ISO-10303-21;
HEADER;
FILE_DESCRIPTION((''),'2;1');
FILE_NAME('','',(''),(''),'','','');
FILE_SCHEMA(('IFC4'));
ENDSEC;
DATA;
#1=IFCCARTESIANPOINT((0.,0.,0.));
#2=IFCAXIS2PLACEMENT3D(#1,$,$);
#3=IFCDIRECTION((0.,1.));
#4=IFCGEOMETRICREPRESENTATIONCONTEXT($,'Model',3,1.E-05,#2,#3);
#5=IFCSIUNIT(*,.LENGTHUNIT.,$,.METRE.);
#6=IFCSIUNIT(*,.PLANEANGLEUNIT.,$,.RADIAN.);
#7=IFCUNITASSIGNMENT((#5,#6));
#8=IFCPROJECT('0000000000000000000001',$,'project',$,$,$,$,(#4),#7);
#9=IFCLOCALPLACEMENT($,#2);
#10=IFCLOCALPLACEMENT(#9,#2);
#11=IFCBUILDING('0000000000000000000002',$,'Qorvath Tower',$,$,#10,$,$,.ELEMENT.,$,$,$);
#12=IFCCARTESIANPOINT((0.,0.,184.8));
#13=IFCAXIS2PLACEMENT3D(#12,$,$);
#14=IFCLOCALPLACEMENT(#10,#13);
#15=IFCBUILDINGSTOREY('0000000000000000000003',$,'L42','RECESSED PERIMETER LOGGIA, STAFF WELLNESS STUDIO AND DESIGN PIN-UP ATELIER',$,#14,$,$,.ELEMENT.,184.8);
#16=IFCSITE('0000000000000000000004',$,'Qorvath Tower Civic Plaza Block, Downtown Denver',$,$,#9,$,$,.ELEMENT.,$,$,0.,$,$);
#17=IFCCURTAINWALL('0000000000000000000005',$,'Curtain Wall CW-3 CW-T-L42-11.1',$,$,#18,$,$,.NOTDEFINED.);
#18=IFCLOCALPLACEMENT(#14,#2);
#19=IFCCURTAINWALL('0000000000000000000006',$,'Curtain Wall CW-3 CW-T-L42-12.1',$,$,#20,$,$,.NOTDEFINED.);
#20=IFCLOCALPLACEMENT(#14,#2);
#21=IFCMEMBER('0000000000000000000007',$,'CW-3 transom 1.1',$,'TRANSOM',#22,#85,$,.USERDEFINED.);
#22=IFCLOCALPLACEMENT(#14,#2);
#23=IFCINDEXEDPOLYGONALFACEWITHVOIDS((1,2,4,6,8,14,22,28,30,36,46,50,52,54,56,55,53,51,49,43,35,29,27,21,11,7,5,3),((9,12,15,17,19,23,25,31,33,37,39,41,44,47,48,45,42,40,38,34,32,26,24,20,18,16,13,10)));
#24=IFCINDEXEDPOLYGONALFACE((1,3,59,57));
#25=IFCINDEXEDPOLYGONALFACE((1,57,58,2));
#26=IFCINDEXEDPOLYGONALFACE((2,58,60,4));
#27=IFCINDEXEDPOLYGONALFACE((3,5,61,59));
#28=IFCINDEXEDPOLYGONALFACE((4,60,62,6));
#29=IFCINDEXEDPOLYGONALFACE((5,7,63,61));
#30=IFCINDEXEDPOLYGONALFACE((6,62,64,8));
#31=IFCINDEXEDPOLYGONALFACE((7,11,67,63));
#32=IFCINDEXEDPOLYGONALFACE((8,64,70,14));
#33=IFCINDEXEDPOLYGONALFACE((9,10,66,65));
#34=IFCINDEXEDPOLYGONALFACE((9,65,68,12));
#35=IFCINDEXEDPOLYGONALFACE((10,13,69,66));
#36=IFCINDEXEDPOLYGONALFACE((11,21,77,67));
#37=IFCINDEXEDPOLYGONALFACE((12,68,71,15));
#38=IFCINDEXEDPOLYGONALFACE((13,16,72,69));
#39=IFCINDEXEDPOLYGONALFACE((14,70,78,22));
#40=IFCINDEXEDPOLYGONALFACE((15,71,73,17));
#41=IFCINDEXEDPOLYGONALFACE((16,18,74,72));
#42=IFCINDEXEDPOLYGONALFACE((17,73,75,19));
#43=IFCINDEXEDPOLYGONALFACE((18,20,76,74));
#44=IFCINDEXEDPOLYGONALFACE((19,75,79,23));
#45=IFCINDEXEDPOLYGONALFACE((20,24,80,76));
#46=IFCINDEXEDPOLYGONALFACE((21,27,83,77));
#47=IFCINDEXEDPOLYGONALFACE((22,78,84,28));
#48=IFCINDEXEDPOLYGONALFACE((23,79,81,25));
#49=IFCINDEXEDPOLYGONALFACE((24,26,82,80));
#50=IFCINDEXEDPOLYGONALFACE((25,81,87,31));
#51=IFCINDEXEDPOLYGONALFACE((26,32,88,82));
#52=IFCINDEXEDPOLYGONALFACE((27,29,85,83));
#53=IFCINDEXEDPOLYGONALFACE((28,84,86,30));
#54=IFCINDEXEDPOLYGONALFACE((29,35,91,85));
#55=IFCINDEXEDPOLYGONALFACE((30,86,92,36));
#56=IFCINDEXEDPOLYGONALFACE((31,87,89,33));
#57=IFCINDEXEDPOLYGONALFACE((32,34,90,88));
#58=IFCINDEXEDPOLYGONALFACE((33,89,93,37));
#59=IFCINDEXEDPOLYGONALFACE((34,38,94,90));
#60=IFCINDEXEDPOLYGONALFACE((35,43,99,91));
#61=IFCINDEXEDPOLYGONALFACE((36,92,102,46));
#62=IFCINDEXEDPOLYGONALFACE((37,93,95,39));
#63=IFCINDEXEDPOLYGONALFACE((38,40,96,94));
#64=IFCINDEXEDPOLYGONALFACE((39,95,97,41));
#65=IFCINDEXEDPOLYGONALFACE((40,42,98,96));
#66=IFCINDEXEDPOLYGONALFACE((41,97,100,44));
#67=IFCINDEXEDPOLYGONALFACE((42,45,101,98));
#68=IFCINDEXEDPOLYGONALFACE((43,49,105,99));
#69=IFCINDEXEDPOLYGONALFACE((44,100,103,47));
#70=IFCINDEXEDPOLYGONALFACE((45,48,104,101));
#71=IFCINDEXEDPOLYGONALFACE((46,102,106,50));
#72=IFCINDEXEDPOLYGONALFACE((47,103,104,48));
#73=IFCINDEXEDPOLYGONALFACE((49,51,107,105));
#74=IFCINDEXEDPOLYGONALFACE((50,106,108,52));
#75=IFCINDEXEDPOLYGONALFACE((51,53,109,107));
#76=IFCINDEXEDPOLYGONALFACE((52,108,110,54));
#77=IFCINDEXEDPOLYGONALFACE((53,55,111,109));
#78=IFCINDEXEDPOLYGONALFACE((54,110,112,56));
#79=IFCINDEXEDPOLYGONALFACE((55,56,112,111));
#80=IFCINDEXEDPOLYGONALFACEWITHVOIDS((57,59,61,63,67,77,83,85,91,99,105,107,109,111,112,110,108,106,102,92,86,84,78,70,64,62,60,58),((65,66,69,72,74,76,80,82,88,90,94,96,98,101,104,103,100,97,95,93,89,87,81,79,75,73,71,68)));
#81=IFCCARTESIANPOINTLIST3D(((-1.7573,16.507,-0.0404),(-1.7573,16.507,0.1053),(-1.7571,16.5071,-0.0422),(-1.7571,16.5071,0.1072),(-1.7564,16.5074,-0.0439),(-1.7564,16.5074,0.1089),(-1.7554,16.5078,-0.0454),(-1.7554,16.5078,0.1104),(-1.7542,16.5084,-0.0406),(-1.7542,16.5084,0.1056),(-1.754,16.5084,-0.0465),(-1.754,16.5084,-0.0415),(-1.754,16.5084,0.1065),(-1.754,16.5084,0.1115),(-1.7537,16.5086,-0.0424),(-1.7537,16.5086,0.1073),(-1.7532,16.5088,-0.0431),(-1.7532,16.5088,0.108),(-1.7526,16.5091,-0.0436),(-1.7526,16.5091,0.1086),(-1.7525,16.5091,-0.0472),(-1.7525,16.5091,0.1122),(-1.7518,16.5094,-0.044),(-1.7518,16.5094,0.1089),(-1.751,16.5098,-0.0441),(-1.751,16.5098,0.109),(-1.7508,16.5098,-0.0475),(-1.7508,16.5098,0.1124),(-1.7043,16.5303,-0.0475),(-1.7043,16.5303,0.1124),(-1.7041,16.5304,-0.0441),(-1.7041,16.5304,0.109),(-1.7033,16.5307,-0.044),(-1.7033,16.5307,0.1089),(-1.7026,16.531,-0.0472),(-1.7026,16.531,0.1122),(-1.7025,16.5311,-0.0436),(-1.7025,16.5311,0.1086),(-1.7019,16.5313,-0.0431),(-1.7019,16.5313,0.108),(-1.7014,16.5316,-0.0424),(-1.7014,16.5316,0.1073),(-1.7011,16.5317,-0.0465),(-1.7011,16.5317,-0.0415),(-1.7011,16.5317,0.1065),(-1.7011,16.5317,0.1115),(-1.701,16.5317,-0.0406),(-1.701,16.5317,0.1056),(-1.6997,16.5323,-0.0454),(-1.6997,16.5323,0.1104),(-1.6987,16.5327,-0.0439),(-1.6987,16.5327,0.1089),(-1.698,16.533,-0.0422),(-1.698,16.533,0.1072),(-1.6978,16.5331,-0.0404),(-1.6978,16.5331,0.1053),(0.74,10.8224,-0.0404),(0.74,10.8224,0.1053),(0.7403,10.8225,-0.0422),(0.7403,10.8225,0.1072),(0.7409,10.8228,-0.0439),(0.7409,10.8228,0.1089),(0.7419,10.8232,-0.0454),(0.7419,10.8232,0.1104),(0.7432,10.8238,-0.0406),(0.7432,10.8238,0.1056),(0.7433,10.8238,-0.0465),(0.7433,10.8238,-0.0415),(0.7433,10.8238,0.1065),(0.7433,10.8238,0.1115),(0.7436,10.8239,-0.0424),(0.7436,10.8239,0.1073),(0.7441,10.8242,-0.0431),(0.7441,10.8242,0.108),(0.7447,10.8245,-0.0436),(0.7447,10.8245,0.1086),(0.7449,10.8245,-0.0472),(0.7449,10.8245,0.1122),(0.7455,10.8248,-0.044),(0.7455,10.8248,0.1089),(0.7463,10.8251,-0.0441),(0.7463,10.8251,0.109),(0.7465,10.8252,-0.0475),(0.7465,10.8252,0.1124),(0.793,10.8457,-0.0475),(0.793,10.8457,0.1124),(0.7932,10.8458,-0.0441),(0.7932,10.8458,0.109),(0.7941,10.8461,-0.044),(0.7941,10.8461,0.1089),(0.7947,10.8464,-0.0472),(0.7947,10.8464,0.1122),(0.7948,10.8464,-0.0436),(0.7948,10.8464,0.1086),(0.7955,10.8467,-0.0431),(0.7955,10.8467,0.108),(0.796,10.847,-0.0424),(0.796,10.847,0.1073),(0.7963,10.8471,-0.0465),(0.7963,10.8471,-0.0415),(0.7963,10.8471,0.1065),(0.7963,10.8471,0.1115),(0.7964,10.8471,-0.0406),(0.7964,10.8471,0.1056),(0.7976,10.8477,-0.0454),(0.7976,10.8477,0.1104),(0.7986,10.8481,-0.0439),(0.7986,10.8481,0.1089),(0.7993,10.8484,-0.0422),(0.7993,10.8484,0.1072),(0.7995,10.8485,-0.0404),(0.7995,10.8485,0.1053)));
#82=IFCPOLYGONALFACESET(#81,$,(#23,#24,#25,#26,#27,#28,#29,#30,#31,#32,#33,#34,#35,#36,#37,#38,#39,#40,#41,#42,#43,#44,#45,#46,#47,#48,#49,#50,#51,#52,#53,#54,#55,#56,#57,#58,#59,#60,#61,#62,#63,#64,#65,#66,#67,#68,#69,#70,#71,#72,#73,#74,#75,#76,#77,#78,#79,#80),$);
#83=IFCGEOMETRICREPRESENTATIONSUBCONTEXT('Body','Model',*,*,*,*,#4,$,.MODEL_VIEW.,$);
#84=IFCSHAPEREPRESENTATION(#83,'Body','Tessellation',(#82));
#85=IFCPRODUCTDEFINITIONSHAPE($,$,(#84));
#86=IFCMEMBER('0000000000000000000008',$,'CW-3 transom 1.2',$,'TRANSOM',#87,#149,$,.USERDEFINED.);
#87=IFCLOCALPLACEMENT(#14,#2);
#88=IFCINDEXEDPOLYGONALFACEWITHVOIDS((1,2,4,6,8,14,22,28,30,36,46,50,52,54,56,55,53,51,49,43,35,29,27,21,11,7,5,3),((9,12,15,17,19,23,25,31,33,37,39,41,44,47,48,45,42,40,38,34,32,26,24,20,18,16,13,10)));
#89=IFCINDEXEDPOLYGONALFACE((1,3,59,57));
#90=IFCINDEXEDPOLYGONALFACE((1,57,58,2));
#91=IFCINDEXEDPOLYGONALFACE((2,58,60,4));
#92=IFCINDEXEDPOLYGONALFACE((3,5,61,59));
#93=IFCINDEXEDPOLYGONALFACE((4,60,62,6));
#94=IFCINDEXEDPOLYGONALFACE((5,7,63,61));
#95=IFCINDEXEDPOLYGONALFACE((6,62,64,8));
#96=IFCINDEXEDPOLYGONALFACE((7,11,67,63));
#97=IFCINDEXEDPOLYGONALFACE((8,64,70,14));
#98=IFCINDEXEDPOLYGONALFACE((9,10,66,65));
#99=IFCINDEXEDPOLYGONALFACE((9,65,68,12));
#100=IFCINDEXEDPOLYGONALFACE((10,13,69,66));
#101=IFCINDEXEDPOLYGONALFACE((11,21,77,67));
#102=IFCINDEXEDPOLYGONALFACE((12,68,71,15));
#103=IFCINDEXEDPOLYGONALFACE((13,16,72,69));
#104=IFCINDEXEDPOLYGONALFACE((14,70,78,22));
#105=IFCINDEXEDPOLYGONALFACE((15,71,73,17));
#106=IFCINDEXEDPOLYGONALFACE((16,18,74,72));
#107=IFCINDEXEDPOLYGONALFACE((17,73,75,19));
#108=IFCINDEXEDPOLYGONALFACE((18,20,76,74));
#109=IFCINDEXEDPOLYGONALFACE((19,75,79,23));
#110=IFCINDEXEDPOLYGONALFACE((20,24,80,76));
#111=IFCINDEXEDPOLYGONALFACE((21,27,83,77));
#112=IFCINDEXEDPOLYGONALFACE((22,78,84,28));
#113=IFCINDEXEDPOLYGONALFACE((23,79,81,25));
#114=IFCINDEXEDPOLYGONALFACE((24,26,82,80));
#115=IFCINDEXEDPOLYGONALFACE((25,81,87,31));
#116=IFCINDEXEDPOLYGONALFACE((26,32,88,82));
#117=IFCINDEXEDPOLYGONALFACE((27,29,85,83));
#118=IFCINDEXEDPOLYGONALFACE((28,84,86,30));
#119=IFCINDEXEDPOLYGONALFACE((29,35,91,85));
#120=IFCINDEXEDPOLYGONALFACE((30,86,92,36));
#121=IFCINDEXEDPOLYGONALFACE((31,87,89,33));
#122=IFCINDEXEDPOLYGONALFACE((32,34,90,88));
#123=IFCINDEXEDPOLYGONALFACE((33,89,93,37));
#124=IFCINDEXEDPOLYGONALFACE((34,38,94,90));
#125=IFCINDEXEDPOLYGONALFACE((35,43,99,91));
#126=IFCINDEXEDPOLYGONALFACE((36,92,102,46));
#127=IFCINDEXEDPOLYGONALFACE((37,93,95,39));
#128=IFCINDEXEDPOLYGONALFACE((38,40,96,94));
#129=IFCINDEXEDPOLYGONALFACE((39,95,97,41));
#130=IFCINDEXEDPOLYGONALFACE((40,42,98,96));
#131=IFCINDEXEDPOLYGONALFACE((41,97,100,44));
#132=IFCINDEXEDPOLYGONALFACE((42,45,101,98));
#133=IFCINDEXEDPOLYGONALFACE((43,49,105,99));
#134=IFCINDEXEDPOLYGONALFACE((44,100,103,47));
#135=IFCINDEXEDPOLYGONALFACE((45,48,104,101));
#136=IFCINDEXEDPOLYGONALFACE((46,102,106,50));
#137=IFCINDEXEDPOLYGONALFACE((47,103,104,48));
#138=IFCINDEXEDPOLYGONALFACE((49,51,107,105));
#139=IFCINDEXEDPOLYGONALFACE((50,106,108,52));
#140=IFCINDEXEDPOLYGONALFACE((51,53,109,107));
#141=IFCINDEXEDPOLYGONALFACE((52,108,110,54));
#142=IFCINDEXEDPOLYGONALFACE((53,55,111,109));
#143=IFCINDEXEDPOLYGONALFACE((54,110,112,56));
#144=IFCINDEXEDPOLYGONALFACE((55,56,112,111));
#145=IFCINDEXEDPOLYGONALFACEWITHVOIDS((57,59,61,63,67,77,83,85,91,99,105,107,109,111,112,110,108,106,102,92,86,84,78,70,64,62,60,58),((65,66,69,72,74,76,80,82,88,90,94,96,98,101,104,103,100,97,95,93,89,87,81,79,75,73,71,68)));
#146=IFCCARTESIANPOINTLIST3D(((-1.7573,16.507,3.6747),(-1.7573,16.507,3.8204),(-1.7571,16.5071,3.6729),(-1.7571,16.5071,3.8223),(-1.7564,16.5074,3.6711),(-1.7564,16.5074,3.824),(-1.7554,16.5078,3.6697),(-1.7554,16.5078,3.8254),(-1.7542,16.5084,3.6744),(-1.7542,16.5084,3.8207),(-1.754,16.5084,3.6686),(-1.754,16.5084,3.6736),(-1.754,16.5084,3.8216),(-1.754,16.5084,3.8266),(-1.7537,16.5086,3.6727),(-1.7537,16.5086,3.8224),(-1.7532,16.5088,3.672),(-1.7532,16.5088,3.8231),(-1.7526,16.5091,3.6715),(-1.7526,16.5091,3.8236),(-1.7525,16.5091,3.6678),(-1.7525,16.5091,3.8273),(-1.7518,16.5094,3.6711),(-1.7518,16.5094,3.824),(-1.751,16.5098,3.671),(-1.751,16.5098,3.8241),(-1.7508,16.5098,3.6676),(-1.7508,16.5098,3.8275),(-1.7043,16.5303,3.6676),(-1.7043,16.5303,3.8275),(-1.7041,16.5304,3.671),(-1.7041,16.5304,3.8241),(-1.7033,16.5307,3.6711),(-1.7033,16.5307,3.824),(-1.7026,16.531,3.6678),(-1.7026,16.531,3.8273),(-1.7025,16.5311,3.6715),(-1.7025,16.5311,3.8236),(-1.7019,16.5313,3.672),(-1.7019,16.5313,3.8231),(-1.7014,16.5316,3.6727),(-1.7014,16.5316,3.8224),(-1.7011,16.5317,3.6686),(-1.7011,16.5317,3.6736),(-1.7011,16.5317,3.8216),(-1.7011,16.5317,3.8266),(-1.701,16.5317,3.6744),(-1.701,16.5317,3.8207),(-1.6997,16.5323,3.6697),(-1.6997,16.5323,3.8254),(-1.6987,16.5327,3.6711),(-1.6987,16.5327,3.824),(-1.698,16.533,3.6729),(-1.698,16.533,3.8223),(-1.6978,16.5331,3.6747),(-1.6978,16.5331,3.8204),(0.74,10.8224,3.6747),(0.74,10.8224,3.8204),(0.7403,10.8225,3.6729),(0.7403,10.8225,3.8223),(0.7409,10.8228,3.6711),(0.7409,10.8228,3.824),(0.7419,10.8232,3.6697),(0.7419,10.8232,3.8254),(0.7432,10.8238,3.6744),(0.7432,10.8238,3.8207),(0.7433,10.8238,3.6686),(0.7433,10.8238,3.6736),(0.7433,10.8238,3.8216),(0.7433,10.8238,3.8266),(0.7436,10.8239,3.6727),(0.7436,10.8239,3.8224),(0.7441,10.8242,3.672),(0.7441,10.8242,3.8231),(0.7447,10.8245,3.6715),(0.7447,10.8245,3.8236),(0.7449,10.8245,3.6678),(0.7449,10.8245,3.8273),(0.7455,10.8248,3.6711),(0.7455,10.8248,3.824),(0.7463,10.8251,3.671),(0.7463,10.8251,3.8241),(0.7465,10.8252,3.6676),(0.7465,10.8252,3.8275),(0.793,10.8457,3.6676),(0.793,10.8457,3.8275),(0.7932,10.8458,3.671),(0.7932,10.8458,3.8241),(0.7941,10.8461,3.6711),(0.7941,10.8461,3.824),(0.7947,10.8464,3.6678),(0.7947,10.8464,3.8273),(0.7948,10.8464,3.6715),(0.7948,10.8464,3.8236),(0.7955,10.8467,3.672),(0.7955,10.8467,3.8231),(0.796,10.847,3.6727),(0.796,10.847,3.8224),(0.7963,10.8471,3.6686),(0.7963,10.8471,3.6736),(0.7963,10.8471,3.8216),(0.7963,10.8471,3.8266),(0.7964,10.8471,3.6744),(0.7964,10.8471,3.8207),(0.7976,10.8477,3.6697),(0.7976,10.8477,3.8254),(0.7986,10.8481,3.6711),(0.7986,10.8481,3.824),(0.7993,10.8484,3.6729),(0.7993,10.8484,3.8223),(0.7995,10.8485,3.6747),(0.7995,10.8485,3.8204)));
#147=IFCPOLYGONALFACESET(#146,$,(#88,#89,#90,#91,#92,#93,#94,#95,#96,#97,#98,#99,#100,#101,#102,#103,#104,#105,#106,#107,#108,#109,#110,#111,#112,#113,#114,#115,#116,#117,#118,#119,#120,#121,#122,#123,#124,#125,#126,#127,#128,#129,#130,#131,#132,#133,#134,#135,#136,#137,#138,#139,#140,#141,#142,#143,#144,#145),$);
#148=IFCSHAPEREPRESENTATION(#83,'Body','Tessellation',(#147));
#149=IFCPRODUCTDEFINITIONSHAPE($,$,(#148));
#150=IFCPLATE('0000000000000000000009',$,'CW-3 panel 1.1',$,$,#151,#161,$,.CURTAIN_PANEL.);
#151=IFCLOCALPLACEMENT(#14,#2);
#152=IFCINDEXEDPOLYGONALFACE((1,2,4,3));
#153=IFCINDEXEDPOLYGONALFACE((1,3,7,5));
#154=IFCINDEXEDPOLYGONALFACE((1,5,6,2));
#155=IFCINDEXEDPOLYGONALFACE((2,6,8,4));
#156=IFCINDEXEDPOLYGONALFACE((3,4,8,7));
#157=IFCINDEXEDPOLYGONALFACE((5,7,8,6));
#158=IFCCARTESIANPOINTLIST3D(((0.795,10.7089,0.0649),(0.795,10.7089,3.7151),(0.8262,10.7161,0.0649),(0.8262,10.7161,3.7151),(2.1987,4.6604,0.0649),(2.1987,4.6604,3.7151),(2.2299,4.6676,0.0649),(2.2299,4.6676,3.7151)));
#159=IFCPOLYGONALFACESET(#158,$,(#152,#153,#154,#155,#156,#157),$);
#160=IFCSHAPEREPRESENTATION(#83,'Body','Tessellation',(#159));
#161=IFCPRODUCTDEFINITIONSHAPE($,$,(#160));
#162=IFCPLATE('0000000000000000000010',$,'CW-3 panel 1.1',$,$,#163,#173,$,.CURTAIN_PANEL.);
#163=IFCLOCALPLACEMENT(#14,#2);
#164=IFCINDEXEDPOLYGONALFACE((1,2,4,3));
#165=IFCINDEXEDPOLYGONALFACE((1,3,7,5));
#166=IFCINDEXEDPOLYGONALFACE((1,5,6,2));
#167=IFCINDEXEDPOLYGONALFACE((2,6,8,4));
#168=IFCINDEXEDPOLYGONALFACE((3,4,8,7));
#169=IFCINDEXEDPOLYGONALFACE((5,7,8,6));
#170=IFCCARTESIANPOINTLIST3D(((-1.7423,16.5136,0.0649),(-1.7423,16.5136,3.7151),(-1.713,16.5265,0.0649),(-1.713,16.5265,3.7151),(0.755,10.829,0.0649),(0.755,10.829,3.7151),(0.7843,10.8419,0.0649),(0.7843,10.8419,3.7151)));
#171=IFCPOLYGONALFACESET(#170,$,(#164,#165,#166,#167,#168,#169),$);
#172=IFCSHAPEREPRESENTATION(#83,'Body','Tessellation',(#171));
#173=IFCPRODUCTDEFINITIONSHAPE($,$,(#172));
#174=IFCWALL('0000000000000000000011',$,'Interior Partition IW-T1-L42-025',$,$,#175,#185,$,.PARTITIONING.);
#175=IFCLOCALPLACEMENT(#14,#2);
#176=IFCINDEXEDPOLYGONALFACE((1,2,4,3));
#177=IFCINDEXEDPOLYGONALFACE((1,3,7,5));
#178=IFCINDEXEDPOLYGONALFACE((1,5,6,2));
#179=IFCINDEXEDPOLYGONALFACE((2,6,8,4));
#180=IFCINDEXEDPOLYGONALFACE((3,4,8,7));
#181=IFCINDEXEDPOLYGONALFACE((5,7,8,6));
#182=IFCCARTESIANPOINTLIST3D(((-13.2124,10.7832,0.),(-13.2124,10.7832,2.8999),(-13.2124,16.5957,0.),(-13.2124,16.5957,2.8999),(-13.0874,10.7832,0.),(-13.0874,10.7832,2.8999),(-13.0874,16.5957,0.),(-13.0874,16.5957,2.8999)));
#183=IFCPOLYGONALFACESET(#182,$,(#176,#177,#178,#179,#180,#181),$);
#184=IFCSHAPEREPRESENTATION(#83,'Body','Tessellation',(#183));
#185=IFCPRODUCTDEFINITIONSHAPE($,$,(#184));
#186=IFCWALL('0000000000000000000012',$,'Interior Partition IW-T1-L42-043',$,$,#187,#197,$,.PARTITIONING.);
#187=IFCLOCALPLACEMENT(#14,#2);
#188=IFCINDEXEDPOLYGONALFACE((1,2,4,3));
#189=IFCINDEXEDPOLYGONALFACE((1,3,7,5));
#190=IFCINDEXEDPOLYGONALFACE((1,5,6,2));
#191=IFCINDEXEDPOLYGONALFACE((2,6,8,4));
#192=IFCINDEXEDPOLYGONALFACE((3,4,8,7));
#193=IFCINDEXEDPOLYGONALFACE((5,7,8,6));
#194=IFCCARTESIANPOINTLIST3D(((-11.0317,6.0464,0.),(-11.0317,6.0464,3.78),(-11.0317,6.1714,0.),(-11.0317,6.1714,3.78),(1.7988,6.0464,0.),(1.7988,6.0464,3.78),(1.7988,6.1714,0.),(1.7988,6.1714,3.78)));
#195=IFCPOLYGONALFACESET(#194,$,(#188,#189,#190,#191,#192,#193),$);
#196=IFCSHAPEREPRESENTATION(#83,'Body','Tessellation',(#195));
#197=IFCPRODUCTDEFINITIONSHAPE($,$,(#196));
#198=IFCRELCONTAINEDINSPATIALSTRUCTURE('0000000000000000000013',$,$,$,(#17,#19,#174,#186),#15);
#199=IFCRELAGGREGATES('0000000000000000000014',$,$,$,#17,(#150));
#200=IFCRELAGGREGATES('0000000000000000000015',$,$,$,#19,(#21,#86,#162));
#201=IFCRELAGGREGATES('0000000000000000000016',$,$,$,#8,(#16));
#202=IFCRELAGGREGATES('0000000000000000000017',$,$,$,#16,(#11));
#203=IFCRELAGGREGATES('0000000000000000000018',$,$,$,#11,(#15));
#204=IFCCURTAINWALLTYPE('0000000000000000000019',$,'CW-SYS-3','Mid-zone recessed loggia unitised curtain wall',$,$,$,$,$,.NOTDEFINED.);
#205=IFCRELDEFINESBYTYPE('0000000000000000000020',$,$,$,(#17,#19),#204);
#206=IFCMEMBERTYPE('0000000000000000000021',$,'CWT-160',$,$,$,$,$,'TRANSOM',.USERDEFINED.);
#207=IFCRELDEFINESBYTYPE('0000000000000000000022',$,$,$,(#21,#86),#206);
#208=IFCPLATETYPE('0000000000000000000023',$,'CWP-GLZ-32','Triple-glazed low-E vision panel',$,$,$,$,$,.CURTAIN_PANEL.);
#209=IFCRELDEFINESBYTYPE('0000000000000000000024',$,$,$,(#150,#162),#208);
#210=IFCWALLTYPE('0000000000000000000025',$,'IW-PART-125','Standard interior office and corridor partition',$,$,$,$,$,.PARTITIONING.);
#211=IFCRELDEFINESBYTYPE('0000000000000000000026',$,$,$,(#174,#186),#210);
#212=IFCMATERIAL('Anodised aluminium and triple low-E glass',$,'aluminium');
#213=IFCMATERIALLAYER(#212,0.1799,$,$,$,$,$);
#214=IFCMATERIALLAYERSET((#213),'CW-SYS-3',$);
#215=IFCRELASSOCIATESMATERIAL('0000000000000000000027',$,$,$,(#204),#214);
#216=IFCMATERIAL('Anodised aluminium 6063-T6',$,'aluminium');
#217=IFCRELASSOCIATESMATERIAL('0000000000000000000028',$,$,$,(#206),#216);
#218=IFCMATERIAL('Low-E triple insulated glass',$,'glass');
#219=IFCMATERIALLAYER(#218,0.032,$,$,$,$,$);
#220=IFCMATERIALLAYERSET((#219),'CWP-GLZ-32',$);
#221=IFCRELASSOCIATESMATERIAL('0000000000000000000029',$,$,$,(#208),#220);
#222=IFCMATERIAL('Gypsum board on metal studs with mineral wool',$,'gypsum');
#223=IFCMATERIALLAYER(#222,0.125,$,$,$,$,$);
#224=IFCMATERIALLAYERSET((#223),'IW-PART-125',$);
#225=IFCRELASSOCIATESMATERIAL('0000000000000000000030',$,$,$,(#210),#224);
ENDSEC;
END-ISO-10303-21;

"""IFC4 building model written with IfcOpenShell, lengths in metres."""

from ifc_helpers import new_model, si_unit, direction, frame, frame_2d, origin, origin_2d, place, context, subcontext, project, spatial, rectangle, hollow_rectangle, extrude, material, layer, layer_set, material_profile, profile_set, type_object, element, aggregate, save


model = new_model("IFC4")

# Units and contexts
model_context = context("Model", 3, precision=1e-05, world=origin(), true_north=direction((0.0, 1.0)))
body_context = subcontext(model_context, "Body", "Model", "MODEL_VIEW")
ifc_project = project(units=[si_unit("LENGTHUNIT", "METRE"), si_unit("PLANEANGLEUNIT", "RADIAN")], contexts=[model_context])

# Site, building, storey
site_placement = place(None, origin())
site = spatial("IfcSite", under=ifc_project, at=site_placement, Name="Qorvath Tower Civic Plaza Block, Downtown Denver", CompositionType="ELEMENT", RefElevation=0.0)
building_placement = place(site_placement, origin())
building = spatial("IfcBuilding", under=site, at=building_placement, Name="Qorvath Tower", CompositionType="ELEMENT")
storey_placement = place(building_placement, frame((0.0, 0.0, 184.8)))
storey = spatial("IfcBuildingStorey", under=building, at=storey_placement, Name="L42", Description="RECESSED PERIMETER LOGGIA, STAFF WELLNESS STUDIO AND DESIGN PIN-UP ATELIER", CompositionType="ELEMENT", Elevation=184.8)

# Shared definitions
ifc_material_1 = material(Name="Anodised aluminium and triple low-E glass", Category="aluminium")
ifc_layer_1 = layer(ifc_material_1, 0.1799)
ifc_layer_set_1 = layer_set([ifc_layer_1], Name="CW-SYS-3")
curtain_wall_type = type_object("IfcCurtainWallType", Name="CW-SYS-3", Description="Mid-zone recessed loggia unitised curtain wall", PredefinedType="NOTDEFINED", material=ifc_layer_set_1)

# Curtain wall
curtain_wall_1_placement = place(storey_placement, origin())
curtain_wall_1 = element("IfcCurtainWall", 1, at=curtain_wall_1_placement, inside=storey, type_object=curtain_wall_type, Name="Curtain Wall CW-3 CW-T-L42-11.1", PredefinedType="NOTDEFINED")

# Curtain wall
curtain_wall_2_placement = place(storey_placement, origin())
curtain_wall_2 = element("IfcCurtainWall", 2, at=curtain_wall_2_placement, inside=storey, type_object=curtain_wall_type, Name="Curtain Wall CW-3 CW-T-L42-12.1", PredefinedType="NOTDEFINED")

# Members
ifc_material_2 = material(Name="Anodised aluminium 6063-T6", Category="aluminium")
ifc_material_profile_1 = material_profile(ifc_material_2, hollow_rectangle(XDim=0.0649, YDim=0.1599, WallThickness=0.0034, InnerFilletRadius=0.0034, OuterFilletRadius=0.0071, at=origin_2d()), Name="CWT 160x65")
ifc_profile_set_1 = profile_set([ifc_material_profile_1], Name="Anodised aluminium 6063-T6")
member_type_1 = type_object("IfcMemberType", Name="CWT-160", ElementType="TRANSOM", PredefinedType="USERDEFINED", material=ifc_profile_set_1)
member_1_placement = place(storey_placement, frame((0.7698, 10.8354, 0.0325), z_axis=(-0.402213, 0.915546, 0.0), x_axis=(-0.915546, -0.402213, 0.0)))
member_1 = element("IfcMember", 3, at=member_1_placement, type_object=member_type_1, Name="CW-3 transom 1.1", ObjectType="TRANSOM", PredefinedType="USERDEFINED", context=body_context, shape_type="SweptSolid", body=[
    extrude(hollow_rectangle(XDim=0.0649, YDim=0.1599, WallThickness=0.0034, InnerFilletRadius=0.0034, OuterFilletRadius=0.0071, at=origin_2d()), origin(), (0.0, 0.0, 1.0), 6.209),
])
member_2_placement = place(storey_placement, frame((0.7698, 10.8354, 3.7476), z_axis=(-0.402213, 0.915546, 0.0), x_axis=(-0.915546, -0.402213, 0.0)))
member_2 = element("IfcMember", 4, at=member_2_placement, type_object=member_type_1, Name="CW-3 transom 1.2", ObjectType="TRANSOM", PredefinedType="USERDEFINED", context=body_context, shape_type="SweptSolid", body=[
    extrude(hollow_rectangle(XDim=0.0649, YDim=0.1599, WallThickness=0.0034, InnerFilletRadius=0.0034, OuterFilletRadius=0.0071, at=origin_2d()), origin(), (0.0, 0.0, 1.0), 6.209),
])

# Plates
ifc_material_3 = material(Name="Low-E triple insulated glass", Category="glass")
ifc_layer_2 = layer(ifc_material_3, 0.032)
ifc_layer_set_2 = layer_set([ifc_layer_2], Name="CWP-GLZ-32")
plate_type = type_object("IfcPlateType", Name="CWP-GLZ-32", Description="Triple-glazed low-E vision panel", PredefinedType="CURTAIN_PANEL", material=ifc_layer_set_2)
plate_1_placement = place(storey_placement, frame((1.5125, 7.6882, 0.0649), z_axis=(0.0, 0.0, 1.0), x_axis=(-0.226069, 0.974111, 0.0)))
plate_1 = element("IfcPlate", 5, at=plate_1_placement, type_object=plate_type, Name="CW-3 panel 1.1", PredefinedType="CURTAIN_PANEL", context=body_context, shape_type="SweptSolid", body=[
    extrude(rectangle(XDim=6.2092, YDim=0.032, at=origin_2d()), origin(), (0.0, 0.0, 1.0), 3.6501),
])
aggregate(curtain_wall_1, [plate_1])
plate_2_placement = place(storey_placement, frame((-0.479, 13.6777, 0.0649), z_axis=(0.0, 0.0, 1.0), x_axis=(-0.402206, 0.915549, 0.0)))
plate_2 = element("IfcPlate", 6, at=plate_2_placement, type_object=plate_type, Name="CW-3 panel 1.1", PredefinedType="CURTAIN_PANEL", context=body_context, shape_type="SweptSolid", body=[
    extrude(rectangle(XDim=6.209, YDim=0.032, at=origin_2d()), origin(), (0.0, 0.0, 1.0), 3.6501),
])
aggregate(curtain_wall_2, [member_1, member_2, plate_2])

# Walls
ifc_material_4 = material(Name="Gypsum board on metal studs with mineral wool", Category="gypsum")
ifc_layer_3 = layer(ifc_material_4, 0.125)
ifc_layer_set_3 = layer_set([ifc_layer_3], Name="IW-PART-125")
wall_type_1 = type_object("IfcWallType", Name="IW-PART-125", Description="Standard interior office and corridor partition", PredefinedType="PARTITIONING", material=ifc_layer_set_3)
wall_1_placement = place(storey_placement, frame((-13.1499, 10.7832, 0.0), z_axis=(0.0, 0.0, 1.0), x_axis=(0.0, 1.0, 0.0)))
element("IfcWall", 7, at=wall_1_placement, inside=storey, type_object=wall_type_1, Name="Interior Partition IW-T1-L42-025", PredefinedType="PARTITIONING", context=body_context, shape_type="SweptSolid", body=[
    extrude(rectangle(XDim=5.8125, YDim=0.125, at=frame_2d((2.9062, 0.0))), origin(), (0.0, 0.0, 1.0), 2.8999),
])
wall_2_placement = place(storey_placement, frame((1.7988, 6.1089, 0.0), z_axis=(0.0, 0.0, 1.0), x_axis=(-1.0, 0.0, 0.0)))
element("IfcWall", 8, at=wall_2_placement, inside=storey, type_object=wall_type_1, Name="Interior Partition IW-T1-L42-043", PredefinedType="PARTITIONING", context=body_context, shape_type="SweptSolid", body=[
    extrude(rectangle(XDim=12.8306, YDim=0.125, at=frame_2d((6.4153, 0.0))), origin(), (0.0, 0.0, 1.0), 3.78),
])

save(model, "model.ifc")
